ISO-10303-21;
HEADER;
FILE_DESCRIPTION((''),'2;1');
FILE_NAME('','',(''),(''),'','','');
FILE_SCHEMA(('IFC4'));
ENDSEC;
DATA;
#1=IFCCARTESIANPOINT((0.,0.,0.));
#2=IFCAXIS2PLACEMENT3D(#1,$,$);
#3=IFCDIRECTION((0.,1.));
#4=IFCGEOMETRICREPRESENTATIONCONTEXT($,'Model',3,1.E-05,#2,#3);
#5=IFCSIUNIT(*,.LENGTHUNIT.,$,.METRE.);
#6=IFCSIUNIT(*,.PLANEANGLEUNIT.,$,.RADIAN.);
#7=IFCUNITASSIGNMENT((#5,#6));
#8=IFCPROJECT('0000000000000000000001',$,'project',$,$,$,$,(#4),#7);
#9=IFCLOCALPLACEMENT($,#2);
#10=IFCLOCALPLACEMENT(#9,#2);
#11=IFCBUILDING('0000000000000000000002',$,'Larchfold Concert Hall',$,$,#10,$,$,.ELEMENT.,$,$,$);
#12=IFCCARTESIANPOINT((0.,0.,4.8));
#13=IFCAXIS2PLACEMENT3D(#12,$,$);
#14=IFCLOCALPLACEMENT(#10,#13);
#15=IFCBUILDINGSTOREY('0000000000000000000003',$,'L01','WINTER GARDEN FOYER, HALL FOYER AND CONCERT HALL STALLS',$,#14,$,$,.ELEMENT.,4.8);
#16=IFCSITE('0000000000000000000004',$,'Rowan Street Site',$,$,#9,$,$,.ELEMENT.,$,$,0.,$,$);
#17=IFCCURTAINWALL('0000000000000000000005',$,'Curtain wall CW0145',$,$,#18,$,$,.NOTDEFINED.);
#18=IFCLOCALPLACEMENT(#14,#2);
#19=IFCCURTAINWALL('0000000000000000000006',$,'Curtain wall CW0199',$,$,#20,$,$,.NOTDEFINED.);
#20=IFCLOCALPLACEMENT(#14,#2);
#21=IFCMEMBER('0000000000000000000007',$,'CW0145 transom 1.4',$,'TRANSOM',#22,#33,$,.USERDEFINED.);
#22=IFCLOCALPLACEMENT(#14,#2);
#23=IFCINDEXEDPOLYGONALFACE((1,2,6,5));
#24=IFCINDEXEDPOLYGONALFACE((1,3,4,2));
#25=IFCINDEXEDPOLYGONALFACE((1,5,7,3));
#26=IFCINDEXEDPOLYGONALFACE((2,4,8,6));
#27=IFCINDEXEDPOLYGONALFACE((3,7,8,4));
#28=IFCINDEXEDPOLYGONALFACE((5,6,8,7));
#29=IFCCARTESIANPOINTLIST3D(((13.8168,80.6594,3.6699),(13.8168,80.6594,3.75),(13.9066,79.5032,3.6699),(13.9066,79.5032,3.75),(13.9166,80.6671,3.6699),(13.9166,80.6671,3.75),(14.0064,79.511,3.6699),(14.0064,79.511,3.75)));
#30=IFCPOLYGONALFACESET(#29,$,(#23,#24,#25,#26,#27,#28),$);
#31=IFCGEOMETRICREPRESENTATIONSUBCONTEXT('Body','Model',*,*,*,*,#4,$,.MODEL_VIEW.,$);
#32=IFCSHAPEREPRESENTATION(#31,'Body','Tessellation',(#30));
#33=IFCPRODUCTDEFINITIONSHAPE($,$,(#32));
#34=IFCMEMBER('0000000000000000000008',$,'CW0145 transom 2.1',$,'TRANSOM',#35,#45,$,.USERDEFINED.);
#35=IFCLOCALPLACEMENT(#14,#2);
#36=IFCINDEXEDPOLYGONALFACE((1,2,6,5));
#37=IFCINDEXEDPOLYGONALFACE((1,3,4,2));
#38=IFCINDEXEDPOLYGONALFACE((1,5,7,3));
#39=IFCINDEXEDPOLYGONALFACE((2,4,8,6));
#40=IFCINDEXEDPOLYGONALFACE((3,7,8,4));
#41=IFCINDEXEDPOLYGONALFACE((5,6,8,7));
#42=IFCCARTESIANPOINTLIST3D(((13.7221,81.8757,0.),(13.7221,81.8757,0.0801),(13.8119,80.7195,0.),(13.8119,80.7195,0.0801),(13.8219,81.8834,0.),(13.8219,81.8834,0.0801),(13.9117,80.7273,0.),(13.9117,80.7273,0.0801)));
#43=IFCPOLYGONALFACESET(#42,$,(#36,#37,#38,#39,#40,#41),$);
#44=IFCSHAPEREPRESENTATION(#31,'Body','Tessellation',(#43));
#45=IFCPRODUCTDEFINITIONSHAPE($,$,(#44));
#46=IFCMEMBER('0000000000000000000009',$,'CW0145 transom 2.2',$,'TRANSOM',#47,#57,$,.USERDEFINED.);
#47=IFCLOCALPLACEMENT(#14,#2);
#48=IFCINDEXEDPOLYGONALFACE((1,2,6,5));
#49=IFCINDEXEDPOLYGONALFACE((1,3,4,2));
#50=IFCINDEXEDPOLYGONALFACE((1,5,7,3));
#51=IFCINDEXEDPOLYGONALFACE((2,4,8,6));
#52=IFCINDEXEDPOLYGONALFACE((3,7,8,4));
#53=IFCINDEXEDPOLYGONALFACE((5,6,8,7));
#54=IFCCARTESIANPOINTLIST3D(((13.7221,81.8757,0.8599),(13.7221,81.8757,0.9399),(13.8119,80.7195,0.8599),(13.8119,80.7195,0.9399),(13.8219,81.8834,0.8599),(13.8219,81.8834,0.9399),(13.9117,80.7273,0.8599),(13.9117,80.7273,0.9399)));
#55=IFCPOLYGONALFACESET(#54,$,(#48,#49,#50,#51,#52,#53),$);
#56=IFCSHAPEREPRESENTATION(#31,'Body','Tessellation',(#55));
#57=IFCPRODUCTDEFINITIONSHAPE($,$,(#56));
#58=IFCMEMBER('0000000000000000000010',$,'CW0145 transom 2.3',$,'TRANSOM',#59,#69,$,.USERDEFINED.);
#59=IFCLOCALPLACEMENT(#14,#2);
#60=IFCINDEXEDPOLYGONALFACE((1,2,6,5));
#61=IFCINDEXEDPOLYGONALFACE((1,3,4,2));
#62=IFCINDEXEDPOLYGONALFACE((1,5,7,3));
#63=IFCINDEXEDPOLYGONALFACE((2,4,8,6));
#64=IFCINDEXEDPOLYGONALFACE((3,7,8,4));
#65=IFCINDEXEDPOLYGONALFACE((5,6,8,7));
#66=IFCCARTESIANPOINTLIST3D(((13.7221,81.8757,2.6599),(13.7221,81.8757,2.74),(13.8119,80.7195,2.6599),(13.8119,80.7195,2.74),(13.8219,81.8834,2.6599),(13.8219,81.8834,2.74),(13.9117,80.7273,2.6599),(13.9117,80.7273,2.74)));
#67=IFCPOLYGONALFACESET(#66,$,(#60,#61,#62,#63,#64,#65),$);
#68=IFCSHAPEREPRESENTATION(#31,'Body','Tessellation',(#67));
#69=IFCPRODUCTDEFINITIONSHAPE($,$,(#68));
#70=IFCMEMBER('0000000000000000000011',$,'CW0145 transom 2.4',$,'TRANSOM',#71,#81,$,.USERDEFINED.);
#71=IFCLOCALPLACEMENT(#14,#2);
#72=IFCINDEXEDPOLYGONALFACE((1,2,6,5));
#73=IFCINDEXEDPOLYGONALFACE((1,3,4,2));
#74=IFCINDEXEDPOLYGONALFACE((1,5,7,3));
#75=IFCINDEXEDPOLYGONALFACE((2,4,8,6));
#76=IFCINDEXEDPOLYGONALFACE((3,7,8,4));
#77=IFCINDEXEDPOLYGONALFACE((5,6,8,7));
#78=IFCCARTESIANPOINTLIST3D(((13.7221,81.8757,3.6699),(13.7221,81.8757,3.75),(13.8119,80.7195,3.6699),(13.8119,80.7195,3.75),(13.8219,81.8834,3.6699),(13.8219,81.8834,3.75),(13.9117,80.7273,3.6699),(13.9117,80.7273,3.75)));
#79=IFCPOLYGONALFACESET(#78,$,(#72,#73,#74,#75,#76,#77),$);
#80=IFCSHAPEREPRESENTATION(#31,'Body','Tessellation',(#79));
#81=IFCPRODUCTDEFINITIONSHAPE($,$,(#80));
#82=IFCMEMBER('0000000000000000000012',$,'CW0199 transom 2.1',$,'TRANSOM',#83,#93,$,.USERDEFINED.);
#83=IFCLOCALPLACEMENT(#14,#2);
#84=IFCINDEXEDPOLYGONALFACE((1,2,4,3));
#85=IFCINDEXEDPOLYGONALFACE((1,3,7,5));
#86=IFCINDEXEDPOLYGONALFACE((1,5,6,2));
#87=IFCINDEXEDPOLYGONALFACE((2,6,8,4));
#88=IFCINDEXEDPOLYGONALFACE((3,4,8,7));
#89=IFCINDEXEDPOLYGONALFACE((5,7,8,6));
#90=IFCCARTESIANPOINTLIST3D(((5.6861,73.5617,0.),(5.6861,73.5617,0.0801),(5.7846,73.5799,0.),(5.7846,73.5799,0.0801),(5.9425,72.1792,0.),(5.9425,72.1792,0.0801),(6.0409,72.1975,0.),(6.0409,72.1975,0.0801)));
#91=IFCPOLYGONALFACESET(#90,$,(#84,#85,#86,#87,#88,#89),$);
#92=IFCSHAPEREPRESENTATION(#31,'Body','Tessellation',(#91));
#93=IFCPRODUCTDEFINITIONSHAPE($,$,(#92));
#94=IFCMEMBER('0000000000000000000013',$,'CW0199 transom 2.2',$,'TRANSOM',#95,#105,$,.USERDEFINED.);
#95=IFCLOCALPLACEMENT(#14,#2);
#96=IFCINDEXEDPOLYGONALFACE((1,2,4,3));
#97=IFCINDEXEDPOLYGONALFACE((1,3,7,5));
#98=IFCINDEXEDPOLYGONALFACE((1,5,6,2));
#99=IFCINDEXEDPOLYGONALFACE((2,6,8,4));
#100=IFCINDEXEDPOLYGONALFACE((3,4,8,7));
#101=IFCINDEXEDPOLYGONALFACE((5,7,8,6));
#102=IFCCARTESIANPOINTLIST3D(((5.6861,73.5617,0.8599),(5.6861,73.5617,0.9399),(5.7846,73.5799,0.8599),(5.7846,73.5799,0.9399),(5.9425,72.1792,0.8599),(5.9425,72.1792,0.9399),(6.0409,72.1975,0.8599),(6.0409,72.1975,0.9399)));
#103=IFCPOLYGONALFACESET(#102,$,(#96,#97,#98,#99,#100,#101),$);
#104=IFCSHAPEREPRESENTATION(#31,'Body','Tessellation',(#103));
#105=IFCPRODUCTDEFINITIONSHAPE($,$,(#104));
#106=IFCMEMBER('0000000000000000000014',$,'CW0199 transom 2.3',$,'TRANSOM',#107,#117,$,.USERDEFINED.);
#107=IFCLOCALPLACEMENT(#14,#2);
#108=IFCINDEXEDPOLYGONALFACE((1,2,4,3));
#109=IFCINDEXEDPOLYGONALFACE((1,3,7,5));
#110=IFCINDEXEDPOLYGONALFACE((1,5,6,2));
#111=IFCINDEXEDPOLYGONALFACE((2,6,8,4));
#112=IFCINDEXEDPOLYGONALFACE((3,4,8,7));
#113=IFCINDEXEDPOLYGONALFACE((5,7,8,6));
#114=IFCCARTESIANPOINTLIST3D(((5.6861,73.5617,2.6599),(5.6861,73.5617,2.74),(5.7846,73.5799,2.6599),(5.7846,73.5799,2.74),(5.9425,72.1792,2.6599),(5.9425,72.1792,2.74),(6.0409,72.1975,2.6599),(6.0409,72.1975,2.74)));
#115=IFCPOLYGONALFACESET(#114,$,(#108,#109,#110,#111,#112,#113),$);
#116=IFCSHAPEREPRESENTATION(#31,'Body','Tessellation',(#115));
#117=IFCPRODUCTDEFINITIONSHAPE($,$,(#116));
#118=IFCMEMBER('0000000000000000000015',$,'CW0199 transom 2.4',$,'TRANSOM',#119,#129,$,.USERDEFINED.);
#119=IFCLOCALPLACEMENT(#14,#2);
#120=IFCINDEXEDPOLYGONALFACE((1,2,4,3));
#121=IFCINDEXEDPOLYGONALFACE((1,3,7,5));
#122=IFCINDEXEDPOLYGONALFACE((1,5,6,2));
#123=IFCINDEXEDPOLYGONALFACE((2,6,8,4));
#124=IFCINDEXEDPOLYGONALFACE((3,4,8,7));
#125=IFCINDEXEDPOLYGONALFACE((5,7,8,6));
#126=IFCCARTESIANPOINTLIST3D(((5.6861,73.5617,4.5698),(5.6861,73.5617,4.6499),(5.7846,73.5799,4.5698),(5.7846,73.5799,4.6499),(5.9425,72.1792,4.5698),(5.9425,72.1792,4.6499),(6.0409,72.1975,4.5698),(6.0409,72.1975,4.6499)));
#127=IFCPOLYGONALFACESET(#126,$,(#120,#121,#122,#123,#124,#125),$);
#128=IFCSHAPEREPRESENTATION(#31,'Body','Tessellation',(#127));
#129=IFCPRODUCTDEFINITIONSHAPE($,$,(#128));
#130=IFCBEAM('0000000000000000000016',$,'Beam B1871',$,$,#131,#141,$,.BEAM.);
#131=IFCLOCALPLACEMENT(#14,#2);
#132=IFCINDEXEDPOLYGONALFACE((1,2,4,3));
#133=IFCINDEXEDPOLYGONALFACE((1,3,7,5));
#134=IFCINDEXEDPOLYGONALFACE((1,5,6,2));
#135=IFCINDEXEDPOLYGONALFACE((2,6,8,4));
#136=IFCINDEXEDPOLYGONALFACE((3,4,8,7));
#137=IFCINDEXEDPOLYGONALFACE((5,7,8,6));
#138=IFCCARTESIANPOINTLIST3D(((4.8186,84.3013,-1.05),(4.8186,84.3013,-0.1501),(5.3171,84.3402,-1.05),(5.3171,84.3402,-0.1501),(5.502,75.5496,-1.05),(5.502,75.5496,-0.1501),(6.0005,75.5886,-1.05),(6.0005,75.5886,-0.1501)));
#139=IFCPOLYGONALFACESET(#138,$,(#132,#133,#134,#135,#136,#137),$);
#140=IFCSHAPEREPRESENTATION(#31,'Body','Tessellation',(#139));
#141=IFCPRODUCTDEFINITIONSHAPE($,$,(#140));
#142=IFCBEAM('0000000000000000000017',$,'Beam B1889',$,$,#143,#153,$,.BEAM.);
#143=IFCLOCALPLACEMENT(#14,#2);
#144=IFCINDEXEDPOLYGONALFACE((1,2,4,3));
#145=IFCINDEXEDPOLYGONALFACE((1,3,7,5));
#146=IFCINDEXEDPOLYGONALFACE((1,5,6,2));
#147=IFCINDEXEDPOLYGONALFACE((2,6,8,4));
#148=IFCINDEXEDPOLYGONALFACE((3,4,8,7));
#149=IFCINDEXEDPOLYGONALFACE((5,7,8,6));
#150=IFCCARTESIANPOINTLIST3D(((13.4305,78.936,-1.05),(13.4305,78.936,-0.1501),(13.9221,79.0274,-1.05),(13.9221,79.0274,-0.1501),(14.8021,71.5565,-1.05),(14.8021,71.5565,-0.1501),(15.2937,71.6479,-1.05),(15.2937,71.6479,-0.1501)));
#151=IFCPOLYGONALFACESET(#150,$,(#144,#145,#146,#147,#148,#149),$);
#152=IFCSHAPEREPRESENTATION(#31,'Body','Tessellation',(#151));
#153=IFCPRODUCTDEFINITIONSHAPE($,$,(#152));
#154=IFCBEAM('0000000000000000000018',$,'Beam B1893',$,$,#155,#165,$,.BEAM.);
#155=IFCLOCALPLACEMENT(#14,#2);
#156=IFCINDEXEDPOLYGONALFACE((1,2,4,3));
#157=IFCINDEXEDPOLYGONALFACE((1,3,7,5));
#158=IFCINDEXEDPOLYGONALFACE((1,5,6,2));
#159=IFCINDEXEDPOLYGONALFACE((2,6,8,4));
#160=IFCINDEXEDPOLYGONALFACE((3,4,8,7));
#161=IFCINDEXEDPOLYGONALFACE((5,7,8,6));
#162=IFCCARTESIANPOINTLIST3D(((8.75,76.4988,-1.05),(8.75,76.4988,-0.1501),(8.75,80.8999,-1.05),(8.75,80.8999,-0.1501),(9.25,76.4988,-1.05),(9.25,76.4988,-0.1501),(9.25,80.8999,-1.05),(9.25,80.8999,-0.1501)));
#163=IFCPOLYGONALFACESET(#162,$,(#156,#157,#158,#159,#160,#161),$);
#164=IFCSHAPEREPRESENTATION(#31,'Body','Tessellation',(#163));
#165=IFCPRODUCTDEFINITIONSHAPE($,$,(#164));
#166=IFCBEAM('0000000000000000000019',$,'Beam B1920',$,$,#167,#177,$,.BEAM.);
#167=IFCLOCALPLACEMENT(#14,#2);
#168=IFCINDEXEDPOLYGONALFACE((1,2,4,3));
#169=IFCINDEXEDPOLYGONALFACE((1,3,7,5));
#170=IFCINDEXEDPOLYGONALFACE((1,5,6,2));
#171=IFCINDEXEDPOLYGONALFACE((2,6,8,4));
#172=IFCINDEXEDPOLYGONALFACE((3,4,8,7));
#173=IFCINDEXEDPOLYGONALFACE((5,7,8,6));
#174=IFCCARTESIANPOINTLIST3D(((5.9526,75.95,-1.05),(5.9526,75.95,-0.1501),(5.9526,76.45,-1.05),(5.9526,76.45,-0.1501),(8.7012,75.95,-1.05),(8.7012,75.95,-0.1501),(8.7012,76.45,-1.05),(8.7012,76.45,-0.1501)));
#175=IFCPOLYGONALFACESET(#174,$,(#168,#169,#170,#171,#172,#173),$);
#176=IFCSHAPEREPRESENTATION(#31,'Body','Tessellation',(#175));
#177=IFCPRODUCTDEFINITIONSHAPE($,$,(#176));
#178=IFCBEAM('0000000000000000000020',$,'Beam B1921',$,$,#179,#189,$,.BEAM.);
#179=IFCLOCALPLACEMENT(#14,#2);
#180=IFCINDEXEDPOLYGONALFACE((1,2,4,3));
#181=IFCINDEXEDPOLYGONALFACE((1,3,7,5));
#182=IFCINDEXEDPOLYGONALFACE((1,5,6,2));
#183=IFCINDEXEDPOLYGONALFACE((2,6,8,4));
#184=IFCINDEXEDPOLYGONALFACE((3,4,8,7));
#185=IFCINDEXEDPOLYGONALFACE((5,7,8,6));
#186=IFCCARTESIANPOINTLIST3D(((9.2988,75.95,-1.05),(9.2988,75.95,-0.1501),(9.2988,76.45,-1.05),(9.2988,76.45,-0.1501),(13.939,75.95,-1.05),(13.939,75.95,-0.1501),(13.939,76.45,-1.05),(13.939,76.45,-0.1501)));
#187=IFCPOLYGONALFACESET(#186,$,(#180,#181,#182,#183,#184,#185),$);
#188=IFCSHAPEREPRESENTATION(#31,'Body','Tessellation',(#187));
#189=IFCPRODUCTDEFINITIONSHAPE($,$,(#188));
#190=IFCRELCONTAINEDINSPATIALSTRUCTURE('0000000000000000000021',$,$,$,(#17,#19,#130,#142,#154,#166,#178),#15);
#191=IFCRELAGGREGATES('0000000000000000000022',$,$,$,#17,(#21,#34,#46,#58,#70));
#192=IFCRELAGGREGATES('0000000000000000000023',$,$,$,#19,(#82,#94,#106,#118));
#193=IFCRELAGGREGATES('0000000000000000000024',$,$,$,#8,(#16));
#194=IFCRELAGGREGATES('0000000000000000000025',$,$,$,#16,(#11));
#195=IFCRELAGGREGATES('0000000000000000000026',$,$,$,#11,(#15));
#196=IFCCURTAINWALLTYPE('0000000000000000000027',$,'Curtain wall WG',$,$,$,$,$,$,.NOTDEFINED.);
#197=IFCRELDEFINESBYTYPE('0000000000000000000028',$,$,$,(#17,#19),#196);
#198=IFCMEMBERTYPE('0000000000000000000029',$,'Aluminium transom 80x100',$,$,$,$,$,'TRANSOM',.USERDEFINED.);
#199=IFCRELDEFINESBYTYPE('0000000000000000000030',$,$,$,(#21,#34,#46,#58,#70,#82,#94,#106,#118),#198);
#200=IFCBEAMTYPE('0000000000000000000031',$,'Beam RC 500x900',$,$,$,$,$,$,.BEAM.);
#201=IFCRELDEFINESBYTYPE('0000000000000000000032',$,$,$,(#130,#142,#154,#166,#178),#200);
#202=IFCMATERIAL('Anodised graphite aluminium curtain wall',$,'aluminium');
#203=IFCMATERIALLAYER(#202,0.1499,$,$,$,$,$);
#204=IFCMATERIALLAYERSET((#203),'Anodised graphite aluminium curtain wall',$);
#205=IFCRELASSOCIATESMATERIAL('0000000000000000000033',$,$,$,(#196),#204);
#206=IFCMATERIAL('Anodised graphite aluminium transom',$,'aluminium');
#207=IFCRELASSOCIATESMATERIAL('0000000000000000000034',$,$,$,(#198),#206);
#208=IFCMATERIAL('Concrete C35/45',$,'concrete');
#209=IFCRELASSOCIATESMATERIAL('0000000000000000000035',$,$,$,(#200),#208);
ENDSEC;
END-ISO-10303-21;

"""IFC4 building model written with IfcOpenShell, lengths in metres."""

from ifc_helpers import new_model, si_unit, direction, frame, origin, origin_2d, place, context, subcontext, project, spatial, rectangle, extrude, material, layer, layer_set, material_profile, profile_set, type_object, element, aggregate, save


model = new_model("IFC4")

# Units and contexts
model_context = context("Model", 3, precision=1e-05, world=origin(), true_north=direction((0.0, 1.0)))
body_context = subcontext(model_context, "Body", "Model", "MODEL_VIEW")
ifc_project = project(units=[si_unit("LENGTHUNIT", "METRE"), si_unit("PLANEANGLEUNIT", "RADIAN")], contexts=[model_context])

# Site, building, storey
site_placement = place(None, origin())
site = spatial("IfcSite", under=ifc_project, at=site_placement, Name="Rowan Street Site", CompositionType="ELEMENT", RefElevation=0.0)
building_placement = place(site_placement, origin())
building = spatial("IfcBuilding", under=site, at=building_placement, Name="Larchfold Concert Hall", CompositionType="ELEMENT")
storey_placement = place(building_placement, frame((0.0, 0.0, 4.8)))
storey = spatial("IfcBuildingStorey", under=building, at=storey_placement, Name="L01", Description="WINTER GARDEN FOYER, HALL FOYER AND CONCERT HALL STALLS", CompositionType="ELEMENT", Elevation=4.8)

# Curtain wall
ifc_material_1 = material(Name="Anodised graphite aluminium curtain wall", Category="aluminium")
ifc_layer_1 = layer(ifc_material_1, 0.1499)
ifc_layer_set_1 = layer_set([ifc_layer_1], Name="Anodised graphite aluminium curtain wall")
curtain_wall_type = type_object("IfcCurtainWallType", Name="Curtain wall WG", PredefinedType="NOTDEFINED", material=ifc_layer_set_1)
curtain_wall_1_placement = place(storey_placement, origin())
curtain_wall_1 = element("IfcCurtainWall", 1, at=curtain_wall_1_placement, inside=storey, type_object=curtain_wall_type, Name="Curtain wall CW0145", PredefinedType="NOTDEFINED")

# Curtain wall
curtain_wall_2_placement = place(storey_placement, origin())
curtain_wall_2 = element("IfcCurtainWall", 2, at=curtain_wall_2_placement, inside=storey, type_object=curtain_wall_type, Name="Curtain wall CW0199", PredefinedType="NOTDEFINED")

# Members
ifc_material_2 = material(Name="Anodised graphite aluminium transom", Category="aluminium")
ifc_material_profile_1 = material_profile(ifc_material_2, rectangle(XDim=0.1001, YDim=0.0801, at=origin_2d()))
ifc_profile_set_1 = profile_set([ifc_material_profile_1], Name="Anodised graphite aluminium transom")
member_type_1 = type_object("IfcMemberType", Name="Aluminium transom 80x100", ElementType="TRANSOM", PredefinedType="USERDEFINED", material=ifc_profile_set_1)
member_1_placement = place(storey_placement, frame((13.9565, 79.5071, 3.71), z_axis=(-0.077469, 0.996995, 0.0), x_axis=(-0.996995, -0.077469, 0.0)))
member_1 = element("IfcMember", 3, at=member_1_placement, type_object=member_type_1, Name="CW0145 transom 1.4", ObjectType="TRANSOM", PredefinedType="USERDEFINED", context=body_context, shape_type="SweptSolid", body=[
    extrude(rectangle(XDim=0.1001, YDim=0.0801, at=origin_2d()), origin(), (0.0, 0.0, 1.0), 1.1597),
])
member_2_placement = place(storey_placement, frame((13.8618, 80.7234, 0.04), z_axis=(-0.077469, 0.996995, 0.0), x_axis=(-0.996995, -0.077469, 0.0)))
member_2 = element("IfcMember", 4, at=member_2_placement, type_object=member_type_1, Name="CW0145 transom 2.1", ObjectType="TRANSOM", PredefinedType="USERDEFINED", context=body_context, shape_type="SweptSolid", body=[
    extrude(rectangle(XDim=0.1001, YDim=0.0801, at=origin_2d()), origin(), (0.0, 0.0, 1.0), 1.1597),
])
member_3_placement = place(storey_placement, frame((13.8618, 80.7234, 0.8999), z_axis=(-0.077469, 0.996995, 0.0), x_axis=(-0.996995, -0.077469, 0.0)))
member_3 = element("IfcMember", 5, at=member_3_placement, type_object=member_type_1, Name="CW0145 transom 2.2", ObjectType="TRANSOM", PredefinedType="USERDEFINED", context=body_context, shape_type="SweptSolid", body=[
    extrude(rectangle(XDim=0.1001, YDim=0.0801, at=origin_2d()), origin(), (0.0, 0.0, 1.0), 1.1597),
])
member_4_placement = place(storey_placement, frame((13.8618, 80.7234, 2.7), z_axis=(-0.077469, 0.996995, 0.0), x_axis=(-0.996995, -0.077469, 0.0)))
member_4 = element("IfcMember", 6, at=member_4_placement, type_object=member_type_1, Name="CW0145 transom 2.3", ObjectType="TRANSOM", PredefinedType="USERDEFINED", context=body_context, shape_type="SweptSolid", body=[
    extrude(rectangle(XDim=0.1001, YDim=0.0801, at=origin_2d()), origin(), (0.0, 0.0, 1.0), 1.1597),
])
member_5_placement = place(storey_placement, frame((13.8618, 80.7234, 3.71), z_axis=(-0.077469, 0.996995, 0.0), x_axis=(-0.996995, -0.077469, 0.0)))
member_5 = element("IfcMember", 7, at=member_5_placement, type_object=member_type_1, Name="CW0145 transom 2.4", ObjectType="TRANSOM", PredefinedType="USERDEFINED", context=body_context, shape_type="SweptSolid", body=[
    extrude(rectangle(XDim=0.1001, YDim=0.0801, at=origin_2d()), origin(), (0.0, 0.0, 1.0), 1.1597),
])
member_6_placement = place(storey_placement, frame((5.7354, 73.5708, 0.04), z_axis=(0.182338, -0.983236, 0.0), x_axis=(0.983236, 0.182338, 0.0)))
member_6 = element("IfcMember", 8, at=member_6_placement, type_object=member_type_1, Name="CW0199 transom 2.1", ObjectType="TRANSOM", PredefinedType="USERDEFINED", context=body_context, shape_type="SweptSolid", body=[
    extrude(rectangle(XDim=0.1001, YDim=0.0801, at=origin_2d()), origin(), (0.0, 0.0, 1.0), 1.406),
])
member_7_placement = place(storey_placement, frame((5.7354, 73.5708, 0.8999), z_axis=(0.182338, -0.983236, 0.0), x_axis=(0.983236, 0.182338, 0.0)))
member_7 = element("IfcMember", 9, at=member_7_placement, type_object=member_type_1, Name="CW0199 transom 2.2", ObjectType="TRANSOM", PredefinedType="USERDEFINED", context=body_context, shape_type="SweptSolid", body=[
    extrude(rectangle(XDim=0.1001, YDim=0.0801, at=origin_2d()), origin(), (0.0, 0.0, 1.0), 1.406),
])
member_8_placement = place(storey_placement, frame((5.7354, 73.5708, 2.7), z_axis=(0.182338, -0.983236, 0.0), x_axis=(0.983236, 0.182338, 0.0)))
member_8 = element("IfcMember", 10, at=member_8_placement, type_object=member_type_1, Name="CW0199 transom 2.3", ObjectType="TRANSOM", PredefinedType="USERDEFINED", context=body_context, shape_type="SweptSolid", body=[
    extrude(rectangle(XDim=0.1001, YDim=0.0801, at=origin_2d()), origin(), (0.0, 0.0, 1.0), 1.406),
])
member_9_placement = place(storey_placement, frame((5.7354, 73.5708, 4.6099), z_axis=(0.182338, -0.983236, 0.0), x_axis=(0.983236, 0.182338, 0.0)))
member_9 = element("IfcMember", 11, at=member_9_placement, type_object=member_type_1, Name="CW0199 transom 2.4", ObjectType="TRANSOM", PredefinedType="USERDEFINED", context=body_context, shape_type="SweptSolid", body=[
    extrude(rectangle(XDim=0.1001, YDim=0.0801, at=origin_2d()), origin(), (0.0, 0.0, 1.0), 1.406),
])

# Beams
ifc_material_3 = material(Name="Concrete C35/45", Category="concrete")
ifc_material_profile_2 = material_profile(ifc_material_3, rectangle(XDim=0.5, YDim=0.8999, at=origin_2d()))
ifc_profile_set_2 = profile_set([ifc_material_profile_2], Name="Concrete C35/45")
beam_type = type_object("IfcBeamType", Name="Beam RC 500x900", PredefinedType="BEAM", material=ifc_profile_set_2)
beam_1_placement = place(storey_placement, frame((5.7512, 75.5691, -0.6001), z_axis=(-0.077845, 0.996965, 0.0), x_axis=(-0.996965, -0.077845, 0.0)))
element("IfcBeam", 12, at=beam_1_placement, inside=storey, type_object=beam_type, Name="Beam B1871", PredefinedType="BEAM", context=body_context, shape_type="SweptSolid", body=[
    extrude(rectangle(XDim=0.5, YDim=0.8999, at=origin_2d()), origin(), (0.0, 0.0, 1.0), 8.7783),
])
beam_2_placement = place(storey_placement, frame((13.6763, 78.9817, -0.6001), z_axis=(0.182737, -0.983162, 0.0), x_axis=(0.983162, 0.182737, 0.0)))
element("IfcBeam", 13, at=beam_2_placement, inside=storey, type_object=beam_type, Name="Beam B1889", PredefinedType="BEAM", context=body_context, shape_type="SweptSolid", body=[
    extrude(rectangle(XDim=0.5, YDim=0.8999, at=origin_2d()), origin(), (0.0, 0.0, 1.0), 7.5059),
])
beam_3_placement = place(storey_placement, frame((9.0, 76.4988, -0.6001), z_axis=(0.0, 1.0, 0.0), x_axis=(-1.0, 0.0, 0.0)))
element("IfcBeam", 14, at=beam_3_placement, inside=storey, type_object=beam_type, Name="Beam B1893", PredefinedType="BEAM", context=body_context, shape_type="SweptSolid", body=[
    extrude(rectangle(XDim=0.5, YDim=0.8999, at=origin_2d()), origin(), (0.0, 0.0, 1.0), 4.4011),
])
beam_4_placement = place(storey_placement, frame((5.9526, 76.2, -0.6001), z_axis=(1.0, 0.0, 0.0), x_axis=(0.0, 1.0, 0.0)))
element("IfcBeam", 15, at=beam_4_placement, inside=storey, type_object=beam_type, Name="Beam B1920", PredefinedType="BEAM", context=body_context, shape_type="SweptSolid", body=[
    extrude(rectangle(XDim=0.5, YDim=0.8999, at=origin_2d()), origin(), (0.0, 0.0, 1.0), 2.7485),
])
beam_5_placement = place(storey_placement, frame((9.2988, 76.2, -0.6001), z_axis=(1.0, 0.0, 0.0), x_axis=(0.0, 1.0, 0.0)))
element("IfcBeam", 16, at=beam_5_placement, inside=storey, type_object=beam_type, Name="Beam B1921", PredefinedType="BEAM", context=body_context, shape_type="SweptSolid", body=[
    extrude(rectangle(XDim=0.5, YDim=0.8999, at=origin_2d()), origin(), (0.0, 0.0, 1.0), 4.6401),
])

aggregate(curtain_wall_1, [member_1, member_2, member_3, member_4, member_5])
aggregate(curtain_wall_2, [member_6, member_7, member_8, member_9])

save(model, "model.ifc")
